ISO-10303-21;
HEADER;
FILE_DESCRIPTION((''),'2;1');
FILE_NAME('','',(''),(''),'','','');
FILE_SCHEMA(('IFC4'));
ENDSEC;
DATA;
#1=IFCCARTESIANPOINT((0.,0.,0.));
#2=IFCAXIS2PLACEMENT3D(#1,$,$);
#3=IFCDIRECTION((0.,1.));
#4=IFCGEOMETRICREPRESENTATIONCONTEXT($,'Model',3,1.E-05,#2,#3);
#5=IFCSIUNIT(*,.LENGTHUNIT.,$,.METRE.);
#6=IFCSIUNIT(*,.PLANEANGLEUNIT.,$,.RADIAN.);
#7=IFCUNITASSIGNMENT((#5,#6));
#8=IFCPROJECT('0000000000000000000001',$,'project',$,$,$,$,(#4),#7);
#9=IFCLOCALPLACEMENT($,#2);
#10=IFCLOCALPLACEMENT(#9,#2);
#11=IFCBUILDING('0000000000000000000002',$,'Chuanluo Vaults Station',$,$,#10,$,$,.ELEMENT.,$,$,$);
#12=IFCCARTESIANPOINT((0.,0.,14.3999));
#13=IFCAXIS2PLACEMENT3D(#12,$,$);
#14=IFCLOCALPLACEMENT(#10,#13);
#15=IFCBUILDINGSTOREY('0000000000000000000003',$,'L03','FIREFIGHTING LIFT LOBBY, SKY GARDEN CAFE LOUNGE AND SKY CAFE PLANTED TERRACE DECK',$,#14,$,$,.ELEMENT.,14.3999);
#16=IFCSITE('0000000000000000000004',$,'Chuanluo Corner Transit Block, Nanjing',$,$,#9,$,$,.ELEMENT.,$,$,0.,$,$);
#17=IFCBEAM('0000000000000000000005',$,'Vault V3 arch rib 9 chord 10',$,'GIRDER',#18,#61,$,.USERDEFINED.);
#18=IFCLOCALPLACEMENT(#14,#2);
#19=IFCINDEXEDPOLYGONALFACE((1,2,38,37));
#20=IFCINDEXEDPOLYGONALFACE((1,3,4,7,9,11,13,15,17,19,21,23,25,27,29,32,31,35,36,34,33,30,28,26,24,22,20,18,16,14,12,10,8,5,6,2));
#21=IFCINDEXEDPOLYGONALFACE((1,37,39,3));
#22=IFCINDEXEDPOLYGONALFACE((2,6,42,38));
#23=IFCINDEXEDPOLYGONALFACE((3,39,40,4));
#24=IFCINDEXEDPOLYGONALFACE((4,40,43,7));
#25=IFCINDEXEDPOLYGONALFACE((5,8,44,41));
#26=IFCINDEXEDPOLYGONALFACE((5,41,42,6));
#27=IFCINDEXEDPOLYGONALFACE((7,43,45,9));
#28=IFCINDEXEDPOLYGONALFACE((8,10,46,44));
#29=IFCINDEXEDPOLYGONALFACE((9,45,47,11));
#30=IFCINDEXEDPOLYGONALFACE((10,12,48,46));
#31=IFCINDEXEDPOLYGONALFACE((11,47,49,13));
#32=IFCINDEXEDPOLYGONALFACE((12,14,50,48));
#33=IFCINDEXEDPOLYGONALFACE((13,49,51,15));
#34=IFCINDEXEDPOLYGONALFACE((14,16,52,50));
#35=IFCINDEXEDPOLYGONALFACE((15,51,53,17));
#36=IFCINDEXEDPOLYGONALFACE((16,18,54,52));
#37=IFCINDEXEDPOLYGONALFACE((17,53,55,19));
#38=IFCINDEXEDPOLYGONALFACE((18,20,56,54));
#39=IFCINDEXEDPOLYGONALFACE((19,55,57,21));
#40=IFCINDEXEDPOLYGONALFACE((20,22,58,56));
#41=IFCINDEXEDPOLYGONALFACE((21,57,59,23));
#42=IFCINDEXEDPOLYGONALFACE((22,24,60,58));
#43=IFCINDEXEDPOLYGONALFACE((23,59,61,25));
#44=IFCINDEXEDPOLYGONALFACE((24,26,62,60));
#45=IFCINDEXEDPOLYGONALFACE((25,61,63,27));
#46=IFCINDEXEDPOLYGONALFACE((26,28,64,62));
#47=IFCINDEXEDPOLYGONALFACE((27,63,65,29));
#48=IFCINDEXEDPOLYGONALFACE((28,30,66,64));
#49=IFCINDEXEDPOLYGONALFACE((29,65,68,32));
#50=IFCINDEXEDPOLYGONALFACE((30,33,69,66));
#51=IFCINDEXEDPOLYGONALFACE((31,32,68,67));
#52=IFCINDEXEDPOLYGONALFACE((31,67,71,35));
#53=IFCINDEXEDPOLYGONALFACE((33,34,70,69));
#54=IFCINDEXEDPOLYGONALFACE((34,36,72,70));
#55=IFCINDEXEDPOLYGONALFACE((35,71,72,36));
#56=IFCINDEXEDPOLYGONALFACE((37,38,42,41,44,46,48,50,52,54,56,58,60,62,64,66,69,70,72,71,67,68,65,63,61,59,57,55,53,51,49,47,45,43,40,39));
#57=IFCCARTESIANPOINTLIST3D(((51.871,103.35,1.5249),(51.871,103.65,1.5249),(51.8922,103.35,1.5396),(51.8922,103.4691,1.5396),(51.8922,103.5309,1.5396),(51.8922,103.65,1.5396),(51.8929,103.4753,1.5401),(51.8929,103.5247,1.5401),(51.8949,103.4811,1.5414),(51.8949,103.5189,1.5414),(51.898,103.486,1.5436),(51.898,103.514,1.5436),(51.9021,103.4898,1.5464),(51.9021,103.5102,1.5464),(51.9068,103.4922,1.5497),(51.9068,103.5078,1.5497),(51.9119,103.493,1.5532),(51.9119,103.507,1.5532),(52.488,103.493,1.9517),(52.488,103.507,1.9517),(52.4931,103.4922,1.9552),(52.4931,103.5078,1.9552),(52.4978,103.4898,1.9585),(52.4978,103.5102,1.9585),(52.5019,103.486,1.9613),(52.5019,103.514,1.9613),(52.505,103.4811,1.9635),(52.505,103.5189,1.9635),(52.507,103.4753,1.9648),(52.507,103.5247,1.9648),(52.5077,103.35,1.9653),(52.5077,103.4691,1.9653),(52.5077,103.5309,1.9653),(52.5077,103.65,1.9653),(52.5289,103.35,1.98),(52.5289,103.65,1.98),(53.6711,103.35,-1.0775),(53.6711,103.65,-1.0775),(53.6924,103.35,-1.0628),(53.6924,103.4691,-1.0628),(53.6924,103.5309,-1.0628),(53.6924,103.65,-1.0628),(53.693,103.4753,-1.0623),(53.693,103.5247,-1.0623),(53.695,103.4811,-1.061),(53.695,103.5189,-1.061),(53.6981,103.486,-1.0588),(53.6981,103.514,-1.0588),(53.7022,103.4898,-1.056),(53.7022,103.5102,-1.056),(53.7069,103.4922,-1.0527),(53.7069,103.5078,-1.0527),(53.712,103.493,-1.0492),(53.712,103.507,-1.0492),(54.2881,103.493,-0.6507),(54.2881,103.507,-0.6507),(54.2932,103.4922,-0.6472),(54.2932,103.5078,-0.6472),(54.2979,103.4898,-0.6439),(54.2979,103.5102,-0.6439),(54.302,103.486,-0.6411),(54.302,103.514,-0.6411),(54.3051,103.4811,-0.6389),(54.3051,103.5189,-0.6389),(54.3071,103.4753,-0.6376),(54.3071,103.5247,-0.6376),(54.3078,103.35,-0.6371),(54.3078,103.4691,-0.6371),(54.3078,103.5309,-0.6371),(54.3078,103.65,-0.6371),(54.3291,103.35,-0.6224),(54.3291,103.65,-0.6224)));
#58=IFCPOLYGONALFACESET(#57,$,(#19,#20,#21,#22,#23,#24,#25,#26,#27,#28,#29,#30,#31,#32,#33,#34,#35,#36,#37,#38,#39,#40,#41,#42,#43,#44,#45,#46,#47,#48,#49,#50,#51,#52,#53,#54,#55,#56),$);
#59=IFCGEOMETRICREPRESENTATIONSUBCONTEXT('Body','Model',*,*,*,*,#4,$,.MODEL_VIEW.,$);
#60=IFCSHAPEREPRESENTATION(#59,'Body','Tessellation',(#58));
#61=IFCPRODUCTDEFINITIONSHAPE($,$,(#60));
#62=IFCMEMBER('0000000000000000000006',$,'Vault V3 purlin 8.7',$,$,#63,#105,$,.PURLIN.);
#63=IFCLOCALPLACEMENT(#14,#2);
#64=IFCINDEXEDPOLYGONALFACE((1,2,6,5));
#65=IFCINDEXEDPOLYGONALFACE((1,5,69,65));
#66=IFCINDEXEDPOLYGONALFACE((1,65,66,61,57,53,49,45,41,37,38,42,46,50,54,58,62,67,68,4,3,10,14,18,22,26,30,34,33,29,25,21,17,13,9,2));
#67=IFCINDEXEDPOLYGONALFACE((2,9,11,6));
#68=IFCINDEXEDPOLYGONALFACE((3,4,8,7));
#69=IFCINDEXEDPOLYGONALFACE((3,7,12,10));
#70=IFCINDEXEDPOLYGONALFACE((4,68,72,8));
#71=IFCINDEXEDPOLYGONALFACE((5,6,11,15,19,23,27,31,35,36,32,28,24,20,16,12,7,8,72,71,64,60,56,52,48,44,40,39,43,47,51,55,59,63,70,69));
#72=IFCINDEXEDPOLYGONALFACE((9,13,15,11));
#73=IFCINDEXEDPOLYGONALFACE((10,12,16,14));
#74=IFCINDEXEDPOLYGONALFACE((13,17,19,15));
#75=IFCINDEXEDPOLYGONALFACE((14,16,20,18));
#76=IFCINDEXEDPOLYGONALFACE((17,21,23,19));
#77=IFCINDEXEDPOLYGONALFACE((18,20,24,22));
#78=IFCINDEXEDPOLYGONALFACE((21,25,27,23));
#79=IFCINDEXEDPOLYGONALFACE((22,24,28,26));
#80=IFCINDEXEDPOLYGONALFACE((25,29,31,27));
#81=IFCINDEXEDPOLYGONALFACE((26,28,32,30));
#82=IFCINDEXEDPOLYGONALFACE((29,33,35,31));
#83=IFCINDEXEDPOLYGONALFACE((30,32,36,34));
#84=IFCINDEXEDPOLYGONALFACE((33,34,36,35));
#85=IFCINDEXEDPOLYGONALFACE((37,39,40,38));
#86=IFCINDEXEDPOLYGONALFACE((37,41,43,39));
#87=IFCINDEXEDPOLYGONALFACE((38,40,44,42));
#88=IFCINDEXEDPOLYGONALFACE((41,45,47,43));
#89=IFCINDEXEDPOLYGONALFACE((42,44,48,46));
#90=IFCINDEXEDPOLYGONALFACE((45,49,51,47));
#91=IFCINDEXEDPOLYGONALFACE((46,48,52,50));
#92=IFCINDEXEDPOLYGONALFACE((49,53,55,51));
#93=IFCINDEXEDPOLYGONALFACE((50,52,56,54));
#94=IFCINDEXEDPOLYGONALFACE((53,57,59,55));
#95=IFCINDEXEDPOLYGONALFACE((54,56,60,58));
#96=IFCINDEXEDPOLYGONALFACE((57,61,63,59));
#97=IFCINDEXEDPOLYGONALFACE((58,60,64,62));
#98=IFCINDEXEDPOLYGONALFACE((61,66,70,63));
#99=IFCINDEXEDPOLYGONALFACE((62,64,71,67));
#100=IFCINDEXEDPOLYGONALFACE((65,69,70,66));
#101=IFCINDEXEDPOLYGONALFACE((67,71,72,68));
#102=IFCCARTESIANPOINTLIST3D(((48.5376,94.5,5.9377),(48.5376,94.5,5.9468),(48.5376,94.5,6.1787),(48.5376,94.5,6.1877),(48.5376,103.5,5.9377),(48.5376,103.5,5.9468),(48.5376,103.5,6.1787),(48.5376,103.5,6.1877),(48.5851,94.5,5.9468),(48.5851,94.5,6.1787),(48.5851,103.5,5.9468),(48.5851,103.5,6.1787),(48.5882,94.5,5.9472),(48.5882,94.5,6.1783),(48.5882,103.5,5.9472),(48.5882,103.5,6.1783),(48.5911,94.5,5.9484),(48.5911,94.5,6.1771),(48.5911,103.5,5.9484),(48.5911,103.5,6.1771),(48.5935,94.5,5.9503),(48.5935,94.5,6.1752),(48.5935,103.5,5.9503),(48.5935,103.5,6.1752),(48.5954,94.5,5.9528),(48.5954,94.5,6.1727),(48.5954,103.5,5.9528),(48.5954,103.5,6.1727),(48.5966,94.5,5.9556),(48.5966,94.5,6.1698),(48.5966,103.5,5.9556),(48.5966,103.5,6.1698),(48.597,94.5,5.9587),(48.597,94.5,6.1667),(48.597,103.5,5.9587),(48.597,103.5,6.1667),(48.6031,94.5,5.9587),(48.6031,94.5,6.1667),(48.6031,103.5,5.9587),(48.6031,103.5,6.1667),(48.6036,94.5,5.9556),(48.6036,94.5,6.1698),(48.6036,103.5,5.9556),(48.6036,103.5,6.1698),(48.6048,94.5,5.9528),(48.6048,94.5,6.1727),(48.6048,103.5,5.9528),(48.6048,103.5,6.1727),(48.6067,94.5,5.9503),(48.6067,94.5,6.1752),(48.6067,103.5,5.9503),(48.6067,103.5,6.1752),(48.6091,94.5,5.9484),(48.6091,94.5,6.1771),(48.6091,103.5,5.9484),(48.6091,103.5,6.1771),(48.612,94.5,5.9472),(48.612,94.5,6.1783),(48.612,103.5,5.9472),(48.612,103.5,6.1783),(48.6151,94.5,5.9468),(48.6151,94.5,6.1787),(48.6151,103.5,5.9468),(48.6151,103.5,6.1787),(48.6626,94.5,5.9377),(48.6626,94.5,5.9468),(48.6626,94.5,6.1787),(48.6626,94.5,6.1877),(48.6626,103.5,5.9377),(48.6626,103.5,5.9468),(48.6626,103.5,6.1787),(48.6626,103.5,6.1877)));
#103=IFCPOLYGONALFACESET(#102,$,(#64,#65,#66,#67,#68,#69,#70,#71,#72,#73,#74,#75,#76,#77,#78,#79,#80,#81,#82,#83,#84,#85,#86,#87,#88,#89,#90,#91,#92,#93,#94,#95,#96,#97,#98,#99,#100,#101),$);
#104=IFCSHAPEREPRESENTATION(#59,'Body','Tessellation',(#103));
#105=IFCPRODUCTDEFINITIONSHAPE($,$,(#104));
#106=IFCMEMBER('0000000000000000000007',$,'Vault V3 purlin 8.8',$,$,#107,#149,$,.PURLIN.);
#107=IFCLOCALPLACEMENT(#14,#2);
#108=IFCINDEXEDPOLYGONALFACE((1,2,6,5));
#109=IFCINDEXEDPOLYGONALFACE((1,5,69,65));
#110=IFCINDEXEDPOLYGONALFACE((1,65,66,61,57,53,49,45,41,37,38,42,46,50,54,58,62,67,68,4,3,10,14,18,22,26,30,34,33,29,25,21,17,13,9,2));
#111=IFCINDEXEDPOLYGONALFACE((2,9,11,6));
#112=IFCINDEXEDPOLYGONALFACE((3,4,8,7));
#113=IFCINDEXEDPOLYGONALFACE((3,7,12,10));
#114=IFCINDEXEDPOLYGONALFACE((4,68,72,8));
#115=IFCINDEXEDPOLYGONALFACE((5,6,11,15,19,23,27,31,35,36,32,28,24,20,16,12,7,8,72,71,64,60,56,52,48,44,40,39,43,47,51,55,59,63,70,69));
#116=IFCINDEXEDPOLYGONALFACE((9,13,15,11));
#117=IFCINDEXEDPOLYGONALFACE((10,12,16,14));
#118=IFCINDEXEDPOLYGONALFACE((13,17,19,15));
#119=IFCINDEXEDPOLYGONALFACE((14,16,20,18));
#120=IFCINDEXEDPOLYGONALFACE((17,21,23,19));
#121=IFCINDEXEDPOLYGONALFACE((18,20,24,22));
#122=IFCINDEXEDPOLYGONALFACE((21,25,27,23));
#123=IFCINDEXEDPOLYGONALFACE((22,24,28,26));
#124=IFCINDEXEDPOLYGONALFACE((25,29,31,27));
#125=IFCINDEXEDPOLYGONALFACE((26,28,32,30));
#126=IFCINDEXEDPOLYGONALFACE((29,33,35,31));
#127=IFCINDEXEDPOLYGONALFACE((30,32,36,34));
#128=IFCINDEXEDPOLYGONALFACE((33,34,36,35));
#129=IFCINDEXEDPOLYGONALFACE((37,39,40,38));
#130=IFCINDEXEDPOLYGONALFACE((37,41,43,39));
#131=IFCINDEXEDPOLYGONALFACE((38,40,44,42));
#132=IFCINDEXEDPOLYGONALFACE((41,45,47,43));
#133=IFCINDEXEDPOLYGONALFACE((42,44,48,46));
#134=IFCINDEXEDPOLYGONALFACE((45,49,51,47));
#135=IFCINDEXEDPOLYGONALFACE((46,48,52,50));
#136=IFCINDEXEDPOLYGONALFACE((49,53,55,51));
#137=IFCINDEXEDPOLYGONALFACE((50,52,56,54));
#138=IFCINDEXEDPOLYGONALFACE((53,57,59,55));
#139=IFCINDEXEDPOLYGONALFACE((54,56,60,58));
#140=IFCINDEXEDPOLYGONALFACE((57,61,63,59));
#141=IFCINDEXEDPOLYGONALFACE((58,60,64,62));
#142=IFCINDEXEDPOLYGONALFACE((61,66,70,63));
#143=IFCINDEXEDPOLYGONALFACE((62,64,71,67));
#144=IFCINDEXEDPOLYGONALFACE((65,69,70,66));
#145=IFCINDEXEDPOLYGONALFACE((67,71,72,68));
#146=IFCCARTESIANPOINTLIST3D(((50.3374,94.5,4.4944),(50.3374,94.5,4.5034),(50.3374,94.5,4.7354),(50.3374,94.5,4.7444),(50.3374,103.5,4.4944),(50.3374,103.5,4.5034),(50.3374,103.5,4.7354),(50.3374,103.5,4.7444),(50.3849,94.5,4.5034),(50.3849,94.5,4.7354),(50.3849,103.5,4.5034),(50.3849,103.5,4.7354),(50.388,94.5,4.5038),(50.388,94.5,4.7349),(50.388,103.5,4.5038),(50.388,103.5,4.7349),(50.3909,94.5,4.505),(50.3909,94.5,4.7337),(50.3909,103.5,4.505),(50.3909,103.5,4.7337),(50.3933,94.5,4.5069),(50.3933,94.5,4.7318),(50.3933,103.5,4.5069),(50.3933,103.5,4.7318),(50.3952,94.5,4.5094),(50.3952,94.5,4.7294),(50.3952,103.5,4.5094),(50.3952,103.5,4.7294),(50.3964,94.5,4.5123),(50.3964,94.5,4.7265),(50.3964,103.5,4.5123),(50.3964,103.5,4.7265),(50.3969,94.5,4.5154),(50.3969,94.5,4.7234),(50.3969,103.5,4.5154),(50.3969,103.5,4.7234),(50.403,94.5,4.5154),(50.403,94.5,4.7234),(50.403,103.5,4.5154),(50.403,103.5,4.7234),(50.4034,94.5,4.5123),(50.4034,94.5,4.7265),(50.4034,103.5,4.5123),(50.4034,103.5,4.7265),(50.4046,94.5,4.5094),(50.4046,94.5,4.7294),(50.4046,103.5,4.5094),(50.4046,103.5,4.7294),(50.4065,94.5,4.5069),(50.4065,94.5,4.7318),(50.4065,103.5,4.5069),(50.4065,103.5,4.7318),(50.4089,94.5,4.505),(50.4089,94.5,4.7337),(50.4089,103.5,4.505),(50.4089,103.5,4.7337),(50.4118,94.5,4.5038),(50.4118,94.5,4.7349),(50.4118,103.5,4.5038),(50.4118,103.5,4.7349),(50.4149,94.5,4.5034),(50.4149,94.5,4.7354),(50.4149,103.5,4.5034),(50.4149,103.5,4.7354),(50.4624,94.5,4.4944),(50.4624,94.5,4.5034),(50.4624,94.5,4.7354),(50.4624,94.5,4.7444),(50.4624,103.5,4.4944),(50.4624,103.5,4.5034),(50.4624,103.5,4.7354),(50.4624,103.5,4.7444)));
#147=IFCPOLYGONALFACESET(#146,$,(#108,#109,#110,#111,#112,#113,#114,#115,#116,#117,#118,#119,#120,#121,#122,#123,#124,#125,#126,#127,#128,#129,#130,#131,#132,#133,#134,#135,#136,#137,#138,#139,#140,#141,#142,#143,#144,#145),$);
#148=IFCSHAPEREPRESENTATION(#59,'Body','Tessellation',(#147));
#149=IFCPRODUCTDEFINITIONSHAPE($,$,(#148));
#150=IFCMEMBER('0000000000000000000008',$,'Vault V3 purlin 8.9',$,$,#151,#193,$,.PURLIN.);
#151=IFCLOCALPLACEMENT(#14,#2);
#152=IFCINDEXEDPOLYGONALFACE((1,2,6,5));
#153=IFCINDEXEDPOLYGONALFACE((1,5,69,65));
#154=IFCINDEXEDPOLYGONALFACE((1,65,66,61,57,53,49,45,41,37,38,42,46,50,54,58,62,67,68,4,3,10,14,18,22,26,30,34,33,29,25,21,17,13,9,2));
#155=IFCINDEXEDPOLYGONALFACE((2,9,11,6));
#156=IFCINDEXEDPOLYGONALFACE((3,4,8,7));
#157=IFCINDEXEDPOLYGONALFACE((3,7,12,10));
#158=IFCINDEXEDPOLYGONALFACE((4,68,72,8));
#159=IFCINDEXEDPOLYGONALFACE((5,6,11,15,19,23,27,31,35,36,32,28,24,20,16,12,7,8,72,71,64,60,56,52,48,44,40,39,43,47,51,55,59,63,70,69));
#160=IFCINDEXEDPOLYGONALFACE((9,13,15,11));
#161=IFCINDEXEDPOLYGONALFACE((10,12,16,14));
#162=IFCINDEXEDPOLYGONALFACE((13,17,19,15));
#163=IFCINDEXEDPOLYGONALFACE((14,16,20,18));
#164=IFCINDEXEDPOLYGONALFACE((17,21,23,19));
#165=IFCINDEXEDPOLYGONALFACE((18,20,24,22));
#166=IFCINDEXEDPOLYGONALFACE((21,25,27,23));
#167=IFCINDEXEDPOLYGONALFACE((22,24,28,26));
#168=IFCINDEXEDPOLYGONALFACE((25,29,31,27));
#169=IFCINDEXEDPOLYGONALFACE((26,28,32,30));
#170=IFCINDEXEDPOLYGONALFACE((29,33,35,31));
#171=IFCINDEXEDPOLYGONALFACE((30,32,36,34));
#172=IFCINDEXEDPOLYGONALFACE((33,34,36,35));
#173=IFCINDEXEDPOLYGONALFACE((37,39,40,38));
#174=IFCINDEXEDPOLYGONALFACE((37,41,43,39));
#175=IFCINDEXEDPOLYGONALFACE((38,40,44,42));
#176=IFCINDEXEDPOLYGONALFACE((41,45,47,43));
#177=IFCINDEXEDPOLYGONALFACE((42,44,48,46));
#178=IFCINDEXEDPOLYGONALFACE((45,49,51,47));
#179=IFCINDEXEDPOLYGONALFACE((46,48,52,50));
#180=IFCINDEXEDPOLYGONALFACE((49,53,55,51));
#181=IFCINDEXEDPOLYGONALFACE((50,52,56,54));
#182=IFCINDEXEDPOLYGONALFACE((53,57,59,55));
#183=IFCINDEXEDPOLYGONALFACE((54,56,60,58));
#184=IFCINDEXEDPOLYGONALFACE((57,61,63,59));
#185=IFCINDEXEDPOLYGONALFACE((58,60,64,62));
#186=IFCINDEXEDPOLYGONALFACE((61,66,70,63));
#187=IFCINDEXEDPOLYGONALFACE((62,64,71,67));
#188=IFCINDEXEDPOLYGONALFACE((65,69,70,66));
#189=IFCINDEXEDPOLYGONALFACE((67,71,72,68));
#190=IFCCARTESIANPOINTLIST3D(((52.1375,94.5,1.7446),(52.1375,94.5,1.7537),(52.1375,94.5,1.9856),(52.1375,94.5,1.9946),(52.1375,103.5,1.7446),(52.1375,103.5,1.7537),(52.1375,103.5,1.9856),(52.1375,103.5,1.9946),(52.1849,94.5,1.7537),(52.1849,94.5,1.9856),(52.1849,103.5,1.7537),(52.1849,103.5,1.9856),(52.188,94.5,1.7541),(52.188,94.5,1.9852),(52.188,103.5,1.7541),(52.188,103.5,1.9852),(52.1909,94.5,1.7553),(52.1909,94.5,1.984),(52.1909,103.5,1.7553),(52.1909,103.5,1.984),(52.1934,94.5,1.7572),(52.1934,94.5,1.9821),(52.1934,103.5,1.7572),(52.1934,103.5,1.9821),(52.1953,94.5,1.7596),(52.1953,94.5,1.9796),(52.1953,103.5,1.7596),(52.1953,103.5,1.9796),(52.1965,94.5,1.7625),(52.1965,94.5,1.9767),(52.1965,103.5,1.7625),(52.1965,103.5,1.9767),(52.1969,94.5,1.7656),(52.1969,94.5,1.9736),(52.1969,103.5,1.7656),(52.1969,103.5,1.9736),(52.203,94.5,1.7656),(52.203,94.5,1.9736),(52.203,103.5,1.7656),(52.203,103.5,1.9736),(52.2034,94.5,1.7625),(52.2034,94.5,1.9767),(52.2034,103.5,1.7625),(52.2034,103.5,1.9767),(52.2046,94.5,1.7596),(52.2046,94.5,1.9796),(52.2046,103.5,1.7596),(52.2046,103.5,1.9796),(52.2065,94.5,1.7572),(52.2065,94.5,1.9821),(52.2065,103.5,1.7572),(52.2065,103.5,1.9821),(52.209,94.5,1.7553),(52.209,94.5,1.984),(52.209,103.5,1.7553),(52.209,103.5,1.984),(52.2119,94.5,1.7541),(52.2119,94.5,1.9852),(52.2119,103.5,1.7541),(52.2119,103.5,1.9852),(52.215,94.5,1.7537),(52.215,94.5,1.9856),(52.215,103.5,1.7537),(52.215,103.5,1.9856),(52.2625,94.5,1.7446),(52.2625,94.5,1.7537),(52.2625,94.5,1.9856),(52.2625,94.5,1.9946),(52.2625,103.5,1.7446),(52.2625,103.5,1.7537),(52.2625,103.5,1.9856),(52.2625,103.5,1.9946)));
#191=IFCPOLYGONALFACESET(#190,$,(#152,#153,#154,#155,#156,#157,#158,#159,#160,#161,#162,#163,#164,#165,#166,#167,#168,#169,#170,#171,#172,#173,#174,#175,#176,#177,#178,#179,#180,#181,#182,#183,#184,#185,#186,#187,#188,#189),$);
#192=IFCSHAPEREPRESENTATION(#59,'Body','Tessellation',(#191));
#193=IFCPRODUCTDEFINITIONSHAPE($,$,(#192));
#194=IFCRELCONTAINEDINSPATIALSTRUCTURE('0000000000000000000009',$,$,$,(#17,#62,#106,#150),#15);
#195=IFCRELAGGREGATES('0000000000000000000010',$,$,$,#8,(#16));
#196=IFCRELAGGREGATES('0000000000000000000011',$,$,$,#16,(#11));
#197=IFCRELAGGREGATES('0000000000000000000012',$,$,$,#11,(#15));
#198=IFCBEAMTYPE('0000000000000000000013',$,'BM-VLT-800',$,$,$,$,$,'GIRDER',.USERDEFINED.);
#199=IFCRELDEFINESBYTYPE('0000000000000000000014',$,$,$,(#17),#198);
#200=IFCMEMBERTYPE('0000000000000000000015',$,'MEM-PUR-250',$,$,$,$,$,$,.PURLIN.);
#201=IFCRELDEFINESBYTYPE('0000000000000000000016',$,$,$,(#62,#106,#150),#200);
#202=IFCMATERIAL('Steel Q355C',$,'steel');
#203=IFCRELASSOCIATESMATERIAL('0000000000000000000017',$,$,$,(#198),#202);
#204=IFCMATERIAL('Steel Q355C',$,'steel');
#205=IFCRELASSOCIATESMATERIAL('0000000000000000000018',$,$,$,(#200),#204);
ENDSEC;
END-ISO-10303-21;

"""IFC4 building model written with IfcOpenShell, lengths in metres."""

from ifc_helpers import new_model, si_unit, direction, frame, origin, origin_2d, place, context, subcontext, project, spatial, i_section, extrude, material, material_profile, profile_set, type_object, element, save


model = new_model("IFC4")

# Units and contexts
model_context = context("Model", 3, precision=1e-05, world=origin(), true_north=direction((0.0, 1.0)))
body_context = subcontext(model_context, "Body", "Model", "MODEL_VIEW")
ifc_project = project(units=[si_unit("LENGTHUNIT", "METRE"), si_unit("PLANEANGLEUNIT", "RADIAN")], contexts=[model_context])

# Site, building, storey
site_placement = place(None, origin())
site = spatial("IfcSite", under=ifc_project, at=site_placement, Name="Chuanluo Corner Transit Block, Nanjing", CompositionType="ELEMENT", RefElevation=0.0)
building_placement = place(site_placement, origin())
building = spatial("IfcBuilding", under=site, at=building_placement, Name="Chuanluo Vaults Station", CompositionType="ELEMENT")
storey_placement = place(building_placement, frame((0.0, 0.0, 14.3999)))
storey = spatial("IfcBuildingStorey", under=building, at=storey_placement, Name="L03", Description="FIREFIGHTING LIFT LOBBY, SKY GARDEN CAFE LOUNGE AND SKY CAFE PLANTED TERRACE DECK", CompositionType="ELEMENT", Elevation=14.3999)

# Beam
ifc_material_1 = material(Name="Steel Q355C", Category="steel")
ifc_material_profile_1 = material_profile(ifc_material_1, i_section(OverallWidth=0.3, OverallDepth=0.8, WebThickness=0.0139, FlangeThickness=0.0259, FilletRadius=0.0239, at=origin_2d()))
ifc_profile_set_1 = profile_set([ifc_material_profile_1], Name="Steel Q355C")
beam_type_1 = type_object("IfcBeamType", Name="BM-VLT-800", ElementType="GIRDER", PredefinedType="USERDEFINED", material=ifc_profile_set_1)
beam_1_placement = place(storey_placement, frame((52.2, 103.5, 1.7524), z_axis=(0.568881, 0.0, -0.82242), x_axis=(0.0, 1.0, 0.0)))
element("IfcBeam", 1, at=beam_1_placement, inside=storey, type_object=beam_type_1, Name="Vault V3 arch rib 9 chord 10", ObjectType="GIRDER", PredefinedType="USERDEFINED", context=body_context, shape_type="SweptSolid", body=[
    extrude(i_section(OverallWidth=0.3, OverallDepth=0.8, WebThickness=0.0139, FlangeThickness=0.0259, FilletRadius=0.0239, at=origin_2d()), origin(), (0.0, 0.0, 1.0), 3.1643),
])

# Members
ifc_material_2 = material(Name="Steel Q355C", Category="steel")
ifc_material_profile_2 = material_profile(ifc_material_2, i_section(OverallWidth=0.125, OverallDepth=0.25, WebThickness=0.0061, FlangeThickness=0.009, FilletRadius=0.012, at=origin_2d()))
ifc_profile_set_2 = profile_set([ifc_material_profile_2], Name="Steel Q355C")
member_type_1 = type_object("IfcMemberType", Name="MEM-PUR-250", PredefinedType="PURLIN", material=ifc_profile_set_2)
for number, where, z_axis, x_axis, name in (
    (2, (48.6001, 94.5, 6.0627), (0.0, 1.0, 0.0), (-1.0, 0.0, 0.0), "Vault V3 purlin 8.7"),
    (3, (50.3999, 94.5, 4.6194), (0.0, 1.0, 0.0), (-1.0, 0.0, 0.0), "Vault V3 purlin 8.8"),
    (4, (52.2, 94.5, 1.8696), (0.0, 1.0, 0.0), (-1.0, 0.0, 0.0), "Vault V3 purlin 8.9"),
):
    element("IfcMember", number, at=place(storey_placement, frame(where, z_axis=z_axis, x_axis=x_axis)), inside=storey, type_object=member_type_1, Name=name, PredefinedType="PURLIN", context=body_context, shape_type="SweptSolid", body=[
        extrude(i_section(OverallWidth=0.125, OverallDepth=0.25, WebThickness=0.0061, FlangeThickness=0.009, FilletRadius=0.012, at=origin_2d()), origin(), (0.0, 0.0, 1.0), 9.0),
    ])

save(model, "model.ifc")
